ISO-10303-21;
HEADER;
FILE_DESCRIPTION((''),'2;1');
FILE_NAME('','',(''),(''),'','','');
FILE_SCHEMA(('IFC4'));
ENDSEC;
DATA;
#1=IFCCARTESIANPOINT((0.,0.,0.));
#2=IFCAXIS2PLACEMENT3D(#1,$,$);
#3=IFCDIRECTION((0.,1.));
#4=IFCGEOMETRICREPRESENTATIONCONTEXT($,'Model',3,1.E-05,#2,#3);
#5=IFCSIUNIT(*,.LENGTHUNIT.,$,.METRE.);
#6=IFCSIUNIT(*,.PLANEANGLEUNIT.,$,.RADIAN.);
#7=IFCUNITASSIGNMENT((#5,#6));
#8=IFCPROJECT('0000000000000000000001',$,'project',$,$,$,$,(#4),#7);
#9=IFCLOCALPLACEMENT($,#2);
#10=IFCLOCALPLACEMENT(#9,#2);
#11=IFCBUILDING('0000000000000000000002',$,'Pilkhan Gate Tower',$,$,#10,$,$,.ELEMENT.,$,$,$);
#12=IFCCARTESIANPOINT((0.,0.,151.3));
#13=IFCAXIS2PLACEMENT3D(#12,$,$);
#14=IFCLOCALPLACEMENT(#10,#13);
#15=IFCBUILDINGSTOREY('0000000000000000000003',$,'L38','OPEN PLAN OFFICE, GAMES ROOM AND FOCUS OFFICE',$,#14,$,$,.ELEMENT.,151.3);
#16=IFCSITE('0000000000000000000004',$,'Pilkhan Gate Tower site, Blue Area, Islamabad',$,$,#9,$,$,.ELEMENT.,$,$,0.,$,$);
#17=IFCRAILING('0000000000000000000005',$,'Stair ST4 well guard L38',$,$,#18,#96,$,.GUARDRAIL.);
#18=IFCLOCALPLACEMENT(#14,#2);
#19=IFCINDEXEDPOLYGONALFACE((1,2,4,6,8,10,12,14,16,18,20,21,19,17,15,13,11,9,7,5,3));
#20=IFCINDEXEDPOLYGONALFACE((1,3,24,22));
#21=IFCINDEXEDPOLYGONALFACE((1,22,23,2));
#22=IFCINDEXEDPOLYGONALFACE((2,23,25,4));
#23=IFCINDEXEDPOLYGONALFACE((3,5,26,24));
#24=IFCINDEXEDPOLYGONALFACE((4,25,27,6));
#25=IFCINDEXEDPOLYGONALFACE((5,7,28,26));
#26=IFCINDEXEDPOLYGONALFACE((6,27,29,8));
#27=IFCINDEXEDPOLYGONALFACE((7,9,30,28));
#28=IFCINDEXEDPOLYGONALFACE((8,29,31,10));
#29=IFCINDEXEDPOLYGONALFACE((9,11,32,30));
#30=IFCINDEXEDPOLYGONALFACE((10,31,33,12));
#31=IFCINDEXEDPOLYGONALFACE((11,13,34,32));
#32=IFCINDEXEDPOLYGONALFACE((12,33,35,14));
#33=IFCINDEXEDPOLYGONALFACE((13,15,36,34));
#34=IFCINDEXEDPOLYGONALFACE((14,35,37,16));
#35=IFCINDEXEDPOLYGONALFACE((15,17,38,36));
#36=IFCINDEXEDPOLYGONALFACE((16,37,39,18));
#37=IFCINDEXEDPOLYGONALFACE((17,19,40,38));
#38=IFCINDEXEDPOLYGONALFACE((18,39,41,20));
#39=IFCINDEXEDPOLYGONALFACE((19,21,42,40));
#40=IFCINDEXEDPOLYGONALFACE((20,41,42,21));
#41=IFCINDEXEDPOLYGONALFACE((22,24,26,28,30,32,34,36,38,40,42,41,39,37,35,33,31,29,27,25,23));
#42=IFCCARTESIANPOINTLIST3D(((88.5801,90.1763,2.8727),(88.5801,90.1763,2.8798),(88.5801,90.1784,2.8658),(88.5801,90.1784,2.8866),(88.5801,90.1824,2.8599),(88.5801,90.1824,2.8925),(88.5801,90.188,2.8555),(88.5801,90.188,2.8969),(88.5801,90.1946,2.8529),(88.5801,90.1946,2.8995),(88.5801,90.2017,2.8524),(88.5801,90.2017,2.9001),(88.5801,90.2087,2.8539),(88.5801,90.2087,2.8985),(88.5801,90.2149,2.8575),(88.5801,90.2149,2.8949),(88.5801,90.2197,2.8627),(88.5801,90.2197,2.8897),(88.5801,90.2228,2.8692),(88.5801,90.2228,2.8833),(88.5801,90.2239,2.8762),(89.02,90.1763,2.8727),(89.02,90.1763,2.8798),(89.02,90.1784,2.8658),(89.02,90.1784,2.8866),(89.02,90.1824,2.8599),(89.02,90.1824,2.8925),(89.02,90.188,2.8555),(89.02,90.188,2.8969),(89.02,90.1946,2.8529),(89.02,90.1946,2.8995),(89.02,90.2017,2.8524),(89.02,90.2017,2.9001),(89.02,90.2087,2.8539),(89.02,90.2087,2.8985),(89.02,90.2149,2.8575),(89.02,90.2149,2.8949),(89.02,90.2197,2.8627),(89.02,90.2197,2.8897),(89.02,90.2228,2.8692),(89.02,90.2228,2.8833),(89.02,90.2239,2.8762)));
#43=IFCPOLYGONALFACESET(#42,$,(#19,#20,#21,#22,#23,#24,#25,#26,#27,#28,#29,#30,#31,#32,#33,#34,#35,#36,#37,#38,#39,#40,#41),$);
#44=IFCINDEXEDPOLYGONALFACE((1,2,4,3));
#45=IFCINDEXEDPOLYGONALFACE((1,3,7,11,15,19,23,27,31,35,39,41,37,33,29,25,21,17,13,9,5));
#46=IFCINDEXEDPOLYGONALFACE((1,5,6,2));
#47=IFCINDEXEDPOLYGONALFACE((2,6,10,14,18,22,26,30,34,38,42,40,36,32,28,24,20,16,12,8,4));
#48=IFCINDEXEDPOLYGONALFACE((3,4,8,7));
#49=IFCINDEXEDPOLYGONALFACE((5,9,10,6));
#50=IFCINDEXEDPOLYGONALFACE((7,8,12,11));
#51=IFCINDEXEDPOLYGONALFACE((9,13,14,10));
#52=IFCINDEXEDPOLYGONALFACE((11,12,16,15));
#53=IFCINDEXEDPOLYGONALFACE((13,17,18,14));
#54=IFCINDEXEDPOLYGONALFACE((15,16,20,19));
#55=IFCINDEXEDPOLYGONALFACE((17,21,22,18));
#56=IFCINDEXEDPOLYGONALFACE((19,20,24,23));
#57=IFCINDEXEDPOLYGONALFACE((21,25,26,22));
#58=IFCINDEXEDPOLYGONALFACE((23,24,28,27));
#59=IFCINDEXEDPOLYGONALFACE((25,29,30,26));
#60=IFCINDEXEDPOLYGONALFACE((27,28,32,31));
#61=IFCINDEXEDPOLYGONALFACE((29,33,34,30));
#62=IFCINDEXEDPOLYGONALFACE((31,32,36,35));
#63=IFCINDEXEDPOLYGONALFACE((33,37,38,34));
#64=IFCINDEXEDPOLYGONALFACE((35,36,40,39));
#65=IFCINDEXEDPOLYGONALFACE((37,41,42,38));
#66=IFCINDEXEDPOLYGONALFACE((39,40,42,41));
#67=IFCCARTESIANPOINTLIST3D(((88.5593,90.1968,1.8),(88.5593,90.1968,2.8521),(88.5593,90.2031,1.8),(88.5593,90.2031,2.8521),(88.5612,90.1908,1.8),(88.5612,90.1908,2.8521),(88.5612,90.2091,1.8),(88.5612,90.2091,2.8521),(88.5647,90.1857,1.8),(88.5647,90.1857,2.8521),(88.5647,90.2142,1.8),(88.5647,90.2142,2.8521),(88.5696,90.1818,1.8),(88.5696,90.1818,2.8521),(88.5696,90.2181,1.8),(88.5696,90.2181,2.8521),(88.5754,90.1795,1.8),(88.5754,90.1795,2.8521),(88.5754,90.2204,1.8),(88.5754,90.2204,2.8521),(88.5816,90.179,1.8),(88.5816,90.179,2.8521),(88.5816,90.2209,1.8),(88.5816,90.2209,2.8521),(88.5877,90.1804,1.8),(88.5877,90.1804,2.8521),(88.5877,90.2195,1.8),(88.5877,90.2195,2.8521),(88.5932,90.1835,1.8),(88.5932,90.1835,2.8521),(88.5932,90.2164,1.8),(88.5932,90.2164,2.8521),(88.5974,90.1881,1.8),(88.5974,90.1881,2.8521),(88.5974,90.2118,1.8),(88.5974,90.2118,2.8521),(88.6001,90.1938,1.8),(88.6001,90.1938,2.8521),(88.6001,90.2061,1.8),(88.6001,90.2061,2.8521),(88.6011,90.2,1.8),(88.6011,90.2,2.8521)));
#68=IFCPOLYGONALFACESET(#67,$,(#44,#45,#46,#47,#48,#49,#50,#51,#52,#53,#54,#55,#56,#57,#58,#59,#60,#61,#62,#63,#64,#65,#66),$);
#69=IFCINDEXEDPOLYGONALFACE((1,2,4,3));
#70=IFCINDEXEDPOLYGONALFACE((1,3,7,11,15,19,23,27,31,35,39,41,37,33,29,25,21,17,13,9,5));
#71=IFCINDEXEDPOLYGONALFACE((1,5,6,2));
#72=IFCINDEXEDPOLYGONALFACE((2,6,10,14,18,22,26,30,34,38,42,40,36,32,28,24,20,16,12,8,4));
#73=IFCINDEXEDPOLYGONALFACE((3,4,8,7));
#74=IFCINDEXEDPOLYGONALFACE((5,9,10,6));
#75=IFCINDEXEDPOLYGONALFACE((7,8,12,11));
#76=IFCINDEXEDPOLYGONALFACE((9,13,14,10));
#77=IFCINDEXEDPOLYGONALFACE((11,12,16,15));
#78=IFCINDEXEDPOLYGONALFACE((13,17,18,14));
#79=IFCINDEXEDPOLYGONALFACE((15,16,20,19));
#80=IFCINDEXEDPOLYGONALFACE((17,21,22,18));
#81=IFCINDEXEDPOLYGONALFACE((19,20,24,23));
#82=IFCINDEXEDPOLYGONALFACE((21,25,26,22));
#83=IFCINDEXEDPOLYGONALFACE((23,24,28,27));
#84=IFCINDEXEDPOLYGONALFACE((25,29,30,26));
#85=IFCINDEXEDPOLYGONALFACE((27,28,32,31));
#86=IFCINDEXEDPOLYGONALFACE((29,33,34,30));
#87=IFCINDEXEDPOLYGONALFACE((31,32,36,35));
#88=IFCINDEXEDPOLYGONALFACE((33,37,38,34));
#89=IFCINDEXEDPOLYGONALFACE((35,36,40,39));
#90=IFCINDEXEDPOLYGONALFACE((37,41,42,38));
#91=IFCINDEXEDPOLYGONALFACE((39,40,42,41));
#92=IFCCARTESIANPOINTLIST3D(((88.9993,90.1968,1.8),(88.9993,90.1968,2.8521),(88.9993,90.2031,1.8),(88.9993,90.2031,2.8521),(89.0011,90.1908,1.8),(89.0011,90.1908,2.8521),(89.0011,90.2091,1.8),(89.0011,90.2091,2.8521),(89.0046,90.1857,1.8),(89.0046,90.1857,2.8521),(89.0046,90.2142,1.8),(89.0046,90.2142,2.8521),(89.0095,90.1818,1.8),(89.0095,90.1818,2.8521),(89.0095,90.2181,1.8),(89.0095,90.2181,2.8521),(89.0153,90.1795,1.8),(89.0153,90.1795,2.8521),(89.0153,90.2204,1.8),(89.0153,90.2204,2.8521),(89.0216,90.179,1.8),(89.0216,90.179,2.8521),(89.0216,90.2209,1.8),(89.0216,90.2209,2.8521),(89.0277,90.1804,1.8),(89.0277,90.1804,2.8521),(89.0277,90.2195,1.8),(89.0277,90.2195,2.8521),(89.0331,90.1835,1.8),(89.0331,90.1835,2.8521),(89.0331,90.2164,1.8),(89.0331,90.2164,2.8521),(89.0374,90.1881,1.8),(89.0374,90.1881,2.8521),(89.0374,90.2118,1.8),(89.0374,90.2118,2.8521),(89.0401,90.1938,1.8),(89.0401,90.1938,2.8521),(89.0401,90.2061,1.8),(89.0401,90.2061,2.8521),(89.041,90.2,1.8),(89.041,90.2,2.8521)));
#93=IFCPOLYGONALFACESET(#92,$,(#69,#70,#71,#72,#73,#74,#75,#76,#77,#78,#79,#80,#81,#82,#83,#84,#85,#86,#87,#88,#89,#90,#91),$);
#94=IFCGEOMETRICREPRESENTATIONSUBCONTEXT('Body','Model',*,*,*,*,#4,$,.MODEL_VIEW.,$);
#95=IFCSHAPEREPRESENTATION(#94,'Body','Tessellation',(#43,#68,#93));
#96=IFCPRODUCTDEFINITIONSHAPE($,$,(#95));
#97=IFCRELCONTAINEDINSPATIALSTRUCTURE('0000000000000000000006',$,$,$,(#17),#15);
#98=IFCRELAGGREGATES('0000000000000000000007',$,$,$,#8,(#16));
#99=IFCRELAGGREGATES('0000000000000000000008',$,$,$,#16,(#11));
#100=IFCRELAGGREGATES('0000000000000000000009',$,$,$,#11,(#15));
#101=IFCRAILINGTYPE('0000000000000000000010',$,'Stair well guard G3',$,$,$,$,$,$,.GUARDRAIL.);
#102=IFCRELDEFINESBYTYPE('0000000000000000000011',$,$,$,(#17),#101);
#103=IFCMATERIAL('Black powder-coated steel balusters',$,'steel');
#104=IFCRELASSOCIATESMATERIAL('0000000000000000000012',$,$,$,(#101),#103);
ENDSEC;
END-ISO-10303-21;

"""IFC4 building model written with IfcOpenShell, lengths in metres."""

from ifc_helpers import new_model, si_unit, direction, frame, origin, origin_2d, place, context, subcontext, project, spatial, circle, extrude, material, type_object, element, save


model = new_model("IFC4")

# Units and contexts
model_context = context("Model", 3, precision=1e-05, world=origin(), true_north=direction((0.0, 1.0)))
body_context = subcontext(model_context, "Body", "Model", "MODEL_VIEW")
ifc_project = project(units=[si_unit("LENGTHUNIT", "METRE"), si_unit("PLANEANGLEUNIT", "RADIAN")], contexts=[model_context])

# Site, building, storey
site_placement = place(None, origin())
site = spatial("IfcSite", under=ifc_project, at=site_placement, Name="Pilkhan Gate Tower site, Blue Area, Islamabad", CompositionType="ELEMENT", RefElevation=0.0)
building_placement = place(site_placement, origin())
building = spatial("IfcBuilding", under=site, at=building_placement, Name="Pilkhan Gate Tower", CompositionType="ELEMENT")
storey_placement = place(building_placement, frame((0.0, 0.0, 151.3)))
storey = spatial("IfcBuildingStorey", under=building, at=storey_placement, Name="L38", Description="OPEN PLAN OFFICE, GAMES ROOM AND FOCUS OFFICE", CompositionType="ELEMENT", Elevation=151.3)

# Railing
ifc_material_1 = material(Name="Black powder-coated steel balusters", Category="steel")
railing_type = type_object("IfcRailingType", Name="Stair well guard G3", PredefinedType="GUARDRAIL", material=ifc_material_1)
for number, where, name in (
    (1, (88.5801, 90.2, 1.8), "Stair ST4 well guard L38"),
):
    element("IfcRailing", number, at=place(storey_placement, frame(where)), inside=storey, type_object=railing_type, Name=name, PredefinedType="GUARDRAIL", context=body_context, shape_type="SweptSolid", body=[
        extrude(circle(Radius=0.0239, at=origin_2d()), frame((0.0, 0.0, 1.0762), z_axis=(1.0, 0.0, 0.0), x_axis=(0.0, 1.0, 0.0)), (0.0, 0.0, 1.0), 0.4399),
        extrude(circle(Radius=0.021, at=origin_2d()), origin(), (0.0, 0.0, 1.0), 1.052),
        extrude(circle(Radius=0.021, at=origin_2d()), frame((0.4399, 0.0, 0.0)), (0.0, 0.0, 1.0), 1.052),
    ])

save(model, "model.ifc")
